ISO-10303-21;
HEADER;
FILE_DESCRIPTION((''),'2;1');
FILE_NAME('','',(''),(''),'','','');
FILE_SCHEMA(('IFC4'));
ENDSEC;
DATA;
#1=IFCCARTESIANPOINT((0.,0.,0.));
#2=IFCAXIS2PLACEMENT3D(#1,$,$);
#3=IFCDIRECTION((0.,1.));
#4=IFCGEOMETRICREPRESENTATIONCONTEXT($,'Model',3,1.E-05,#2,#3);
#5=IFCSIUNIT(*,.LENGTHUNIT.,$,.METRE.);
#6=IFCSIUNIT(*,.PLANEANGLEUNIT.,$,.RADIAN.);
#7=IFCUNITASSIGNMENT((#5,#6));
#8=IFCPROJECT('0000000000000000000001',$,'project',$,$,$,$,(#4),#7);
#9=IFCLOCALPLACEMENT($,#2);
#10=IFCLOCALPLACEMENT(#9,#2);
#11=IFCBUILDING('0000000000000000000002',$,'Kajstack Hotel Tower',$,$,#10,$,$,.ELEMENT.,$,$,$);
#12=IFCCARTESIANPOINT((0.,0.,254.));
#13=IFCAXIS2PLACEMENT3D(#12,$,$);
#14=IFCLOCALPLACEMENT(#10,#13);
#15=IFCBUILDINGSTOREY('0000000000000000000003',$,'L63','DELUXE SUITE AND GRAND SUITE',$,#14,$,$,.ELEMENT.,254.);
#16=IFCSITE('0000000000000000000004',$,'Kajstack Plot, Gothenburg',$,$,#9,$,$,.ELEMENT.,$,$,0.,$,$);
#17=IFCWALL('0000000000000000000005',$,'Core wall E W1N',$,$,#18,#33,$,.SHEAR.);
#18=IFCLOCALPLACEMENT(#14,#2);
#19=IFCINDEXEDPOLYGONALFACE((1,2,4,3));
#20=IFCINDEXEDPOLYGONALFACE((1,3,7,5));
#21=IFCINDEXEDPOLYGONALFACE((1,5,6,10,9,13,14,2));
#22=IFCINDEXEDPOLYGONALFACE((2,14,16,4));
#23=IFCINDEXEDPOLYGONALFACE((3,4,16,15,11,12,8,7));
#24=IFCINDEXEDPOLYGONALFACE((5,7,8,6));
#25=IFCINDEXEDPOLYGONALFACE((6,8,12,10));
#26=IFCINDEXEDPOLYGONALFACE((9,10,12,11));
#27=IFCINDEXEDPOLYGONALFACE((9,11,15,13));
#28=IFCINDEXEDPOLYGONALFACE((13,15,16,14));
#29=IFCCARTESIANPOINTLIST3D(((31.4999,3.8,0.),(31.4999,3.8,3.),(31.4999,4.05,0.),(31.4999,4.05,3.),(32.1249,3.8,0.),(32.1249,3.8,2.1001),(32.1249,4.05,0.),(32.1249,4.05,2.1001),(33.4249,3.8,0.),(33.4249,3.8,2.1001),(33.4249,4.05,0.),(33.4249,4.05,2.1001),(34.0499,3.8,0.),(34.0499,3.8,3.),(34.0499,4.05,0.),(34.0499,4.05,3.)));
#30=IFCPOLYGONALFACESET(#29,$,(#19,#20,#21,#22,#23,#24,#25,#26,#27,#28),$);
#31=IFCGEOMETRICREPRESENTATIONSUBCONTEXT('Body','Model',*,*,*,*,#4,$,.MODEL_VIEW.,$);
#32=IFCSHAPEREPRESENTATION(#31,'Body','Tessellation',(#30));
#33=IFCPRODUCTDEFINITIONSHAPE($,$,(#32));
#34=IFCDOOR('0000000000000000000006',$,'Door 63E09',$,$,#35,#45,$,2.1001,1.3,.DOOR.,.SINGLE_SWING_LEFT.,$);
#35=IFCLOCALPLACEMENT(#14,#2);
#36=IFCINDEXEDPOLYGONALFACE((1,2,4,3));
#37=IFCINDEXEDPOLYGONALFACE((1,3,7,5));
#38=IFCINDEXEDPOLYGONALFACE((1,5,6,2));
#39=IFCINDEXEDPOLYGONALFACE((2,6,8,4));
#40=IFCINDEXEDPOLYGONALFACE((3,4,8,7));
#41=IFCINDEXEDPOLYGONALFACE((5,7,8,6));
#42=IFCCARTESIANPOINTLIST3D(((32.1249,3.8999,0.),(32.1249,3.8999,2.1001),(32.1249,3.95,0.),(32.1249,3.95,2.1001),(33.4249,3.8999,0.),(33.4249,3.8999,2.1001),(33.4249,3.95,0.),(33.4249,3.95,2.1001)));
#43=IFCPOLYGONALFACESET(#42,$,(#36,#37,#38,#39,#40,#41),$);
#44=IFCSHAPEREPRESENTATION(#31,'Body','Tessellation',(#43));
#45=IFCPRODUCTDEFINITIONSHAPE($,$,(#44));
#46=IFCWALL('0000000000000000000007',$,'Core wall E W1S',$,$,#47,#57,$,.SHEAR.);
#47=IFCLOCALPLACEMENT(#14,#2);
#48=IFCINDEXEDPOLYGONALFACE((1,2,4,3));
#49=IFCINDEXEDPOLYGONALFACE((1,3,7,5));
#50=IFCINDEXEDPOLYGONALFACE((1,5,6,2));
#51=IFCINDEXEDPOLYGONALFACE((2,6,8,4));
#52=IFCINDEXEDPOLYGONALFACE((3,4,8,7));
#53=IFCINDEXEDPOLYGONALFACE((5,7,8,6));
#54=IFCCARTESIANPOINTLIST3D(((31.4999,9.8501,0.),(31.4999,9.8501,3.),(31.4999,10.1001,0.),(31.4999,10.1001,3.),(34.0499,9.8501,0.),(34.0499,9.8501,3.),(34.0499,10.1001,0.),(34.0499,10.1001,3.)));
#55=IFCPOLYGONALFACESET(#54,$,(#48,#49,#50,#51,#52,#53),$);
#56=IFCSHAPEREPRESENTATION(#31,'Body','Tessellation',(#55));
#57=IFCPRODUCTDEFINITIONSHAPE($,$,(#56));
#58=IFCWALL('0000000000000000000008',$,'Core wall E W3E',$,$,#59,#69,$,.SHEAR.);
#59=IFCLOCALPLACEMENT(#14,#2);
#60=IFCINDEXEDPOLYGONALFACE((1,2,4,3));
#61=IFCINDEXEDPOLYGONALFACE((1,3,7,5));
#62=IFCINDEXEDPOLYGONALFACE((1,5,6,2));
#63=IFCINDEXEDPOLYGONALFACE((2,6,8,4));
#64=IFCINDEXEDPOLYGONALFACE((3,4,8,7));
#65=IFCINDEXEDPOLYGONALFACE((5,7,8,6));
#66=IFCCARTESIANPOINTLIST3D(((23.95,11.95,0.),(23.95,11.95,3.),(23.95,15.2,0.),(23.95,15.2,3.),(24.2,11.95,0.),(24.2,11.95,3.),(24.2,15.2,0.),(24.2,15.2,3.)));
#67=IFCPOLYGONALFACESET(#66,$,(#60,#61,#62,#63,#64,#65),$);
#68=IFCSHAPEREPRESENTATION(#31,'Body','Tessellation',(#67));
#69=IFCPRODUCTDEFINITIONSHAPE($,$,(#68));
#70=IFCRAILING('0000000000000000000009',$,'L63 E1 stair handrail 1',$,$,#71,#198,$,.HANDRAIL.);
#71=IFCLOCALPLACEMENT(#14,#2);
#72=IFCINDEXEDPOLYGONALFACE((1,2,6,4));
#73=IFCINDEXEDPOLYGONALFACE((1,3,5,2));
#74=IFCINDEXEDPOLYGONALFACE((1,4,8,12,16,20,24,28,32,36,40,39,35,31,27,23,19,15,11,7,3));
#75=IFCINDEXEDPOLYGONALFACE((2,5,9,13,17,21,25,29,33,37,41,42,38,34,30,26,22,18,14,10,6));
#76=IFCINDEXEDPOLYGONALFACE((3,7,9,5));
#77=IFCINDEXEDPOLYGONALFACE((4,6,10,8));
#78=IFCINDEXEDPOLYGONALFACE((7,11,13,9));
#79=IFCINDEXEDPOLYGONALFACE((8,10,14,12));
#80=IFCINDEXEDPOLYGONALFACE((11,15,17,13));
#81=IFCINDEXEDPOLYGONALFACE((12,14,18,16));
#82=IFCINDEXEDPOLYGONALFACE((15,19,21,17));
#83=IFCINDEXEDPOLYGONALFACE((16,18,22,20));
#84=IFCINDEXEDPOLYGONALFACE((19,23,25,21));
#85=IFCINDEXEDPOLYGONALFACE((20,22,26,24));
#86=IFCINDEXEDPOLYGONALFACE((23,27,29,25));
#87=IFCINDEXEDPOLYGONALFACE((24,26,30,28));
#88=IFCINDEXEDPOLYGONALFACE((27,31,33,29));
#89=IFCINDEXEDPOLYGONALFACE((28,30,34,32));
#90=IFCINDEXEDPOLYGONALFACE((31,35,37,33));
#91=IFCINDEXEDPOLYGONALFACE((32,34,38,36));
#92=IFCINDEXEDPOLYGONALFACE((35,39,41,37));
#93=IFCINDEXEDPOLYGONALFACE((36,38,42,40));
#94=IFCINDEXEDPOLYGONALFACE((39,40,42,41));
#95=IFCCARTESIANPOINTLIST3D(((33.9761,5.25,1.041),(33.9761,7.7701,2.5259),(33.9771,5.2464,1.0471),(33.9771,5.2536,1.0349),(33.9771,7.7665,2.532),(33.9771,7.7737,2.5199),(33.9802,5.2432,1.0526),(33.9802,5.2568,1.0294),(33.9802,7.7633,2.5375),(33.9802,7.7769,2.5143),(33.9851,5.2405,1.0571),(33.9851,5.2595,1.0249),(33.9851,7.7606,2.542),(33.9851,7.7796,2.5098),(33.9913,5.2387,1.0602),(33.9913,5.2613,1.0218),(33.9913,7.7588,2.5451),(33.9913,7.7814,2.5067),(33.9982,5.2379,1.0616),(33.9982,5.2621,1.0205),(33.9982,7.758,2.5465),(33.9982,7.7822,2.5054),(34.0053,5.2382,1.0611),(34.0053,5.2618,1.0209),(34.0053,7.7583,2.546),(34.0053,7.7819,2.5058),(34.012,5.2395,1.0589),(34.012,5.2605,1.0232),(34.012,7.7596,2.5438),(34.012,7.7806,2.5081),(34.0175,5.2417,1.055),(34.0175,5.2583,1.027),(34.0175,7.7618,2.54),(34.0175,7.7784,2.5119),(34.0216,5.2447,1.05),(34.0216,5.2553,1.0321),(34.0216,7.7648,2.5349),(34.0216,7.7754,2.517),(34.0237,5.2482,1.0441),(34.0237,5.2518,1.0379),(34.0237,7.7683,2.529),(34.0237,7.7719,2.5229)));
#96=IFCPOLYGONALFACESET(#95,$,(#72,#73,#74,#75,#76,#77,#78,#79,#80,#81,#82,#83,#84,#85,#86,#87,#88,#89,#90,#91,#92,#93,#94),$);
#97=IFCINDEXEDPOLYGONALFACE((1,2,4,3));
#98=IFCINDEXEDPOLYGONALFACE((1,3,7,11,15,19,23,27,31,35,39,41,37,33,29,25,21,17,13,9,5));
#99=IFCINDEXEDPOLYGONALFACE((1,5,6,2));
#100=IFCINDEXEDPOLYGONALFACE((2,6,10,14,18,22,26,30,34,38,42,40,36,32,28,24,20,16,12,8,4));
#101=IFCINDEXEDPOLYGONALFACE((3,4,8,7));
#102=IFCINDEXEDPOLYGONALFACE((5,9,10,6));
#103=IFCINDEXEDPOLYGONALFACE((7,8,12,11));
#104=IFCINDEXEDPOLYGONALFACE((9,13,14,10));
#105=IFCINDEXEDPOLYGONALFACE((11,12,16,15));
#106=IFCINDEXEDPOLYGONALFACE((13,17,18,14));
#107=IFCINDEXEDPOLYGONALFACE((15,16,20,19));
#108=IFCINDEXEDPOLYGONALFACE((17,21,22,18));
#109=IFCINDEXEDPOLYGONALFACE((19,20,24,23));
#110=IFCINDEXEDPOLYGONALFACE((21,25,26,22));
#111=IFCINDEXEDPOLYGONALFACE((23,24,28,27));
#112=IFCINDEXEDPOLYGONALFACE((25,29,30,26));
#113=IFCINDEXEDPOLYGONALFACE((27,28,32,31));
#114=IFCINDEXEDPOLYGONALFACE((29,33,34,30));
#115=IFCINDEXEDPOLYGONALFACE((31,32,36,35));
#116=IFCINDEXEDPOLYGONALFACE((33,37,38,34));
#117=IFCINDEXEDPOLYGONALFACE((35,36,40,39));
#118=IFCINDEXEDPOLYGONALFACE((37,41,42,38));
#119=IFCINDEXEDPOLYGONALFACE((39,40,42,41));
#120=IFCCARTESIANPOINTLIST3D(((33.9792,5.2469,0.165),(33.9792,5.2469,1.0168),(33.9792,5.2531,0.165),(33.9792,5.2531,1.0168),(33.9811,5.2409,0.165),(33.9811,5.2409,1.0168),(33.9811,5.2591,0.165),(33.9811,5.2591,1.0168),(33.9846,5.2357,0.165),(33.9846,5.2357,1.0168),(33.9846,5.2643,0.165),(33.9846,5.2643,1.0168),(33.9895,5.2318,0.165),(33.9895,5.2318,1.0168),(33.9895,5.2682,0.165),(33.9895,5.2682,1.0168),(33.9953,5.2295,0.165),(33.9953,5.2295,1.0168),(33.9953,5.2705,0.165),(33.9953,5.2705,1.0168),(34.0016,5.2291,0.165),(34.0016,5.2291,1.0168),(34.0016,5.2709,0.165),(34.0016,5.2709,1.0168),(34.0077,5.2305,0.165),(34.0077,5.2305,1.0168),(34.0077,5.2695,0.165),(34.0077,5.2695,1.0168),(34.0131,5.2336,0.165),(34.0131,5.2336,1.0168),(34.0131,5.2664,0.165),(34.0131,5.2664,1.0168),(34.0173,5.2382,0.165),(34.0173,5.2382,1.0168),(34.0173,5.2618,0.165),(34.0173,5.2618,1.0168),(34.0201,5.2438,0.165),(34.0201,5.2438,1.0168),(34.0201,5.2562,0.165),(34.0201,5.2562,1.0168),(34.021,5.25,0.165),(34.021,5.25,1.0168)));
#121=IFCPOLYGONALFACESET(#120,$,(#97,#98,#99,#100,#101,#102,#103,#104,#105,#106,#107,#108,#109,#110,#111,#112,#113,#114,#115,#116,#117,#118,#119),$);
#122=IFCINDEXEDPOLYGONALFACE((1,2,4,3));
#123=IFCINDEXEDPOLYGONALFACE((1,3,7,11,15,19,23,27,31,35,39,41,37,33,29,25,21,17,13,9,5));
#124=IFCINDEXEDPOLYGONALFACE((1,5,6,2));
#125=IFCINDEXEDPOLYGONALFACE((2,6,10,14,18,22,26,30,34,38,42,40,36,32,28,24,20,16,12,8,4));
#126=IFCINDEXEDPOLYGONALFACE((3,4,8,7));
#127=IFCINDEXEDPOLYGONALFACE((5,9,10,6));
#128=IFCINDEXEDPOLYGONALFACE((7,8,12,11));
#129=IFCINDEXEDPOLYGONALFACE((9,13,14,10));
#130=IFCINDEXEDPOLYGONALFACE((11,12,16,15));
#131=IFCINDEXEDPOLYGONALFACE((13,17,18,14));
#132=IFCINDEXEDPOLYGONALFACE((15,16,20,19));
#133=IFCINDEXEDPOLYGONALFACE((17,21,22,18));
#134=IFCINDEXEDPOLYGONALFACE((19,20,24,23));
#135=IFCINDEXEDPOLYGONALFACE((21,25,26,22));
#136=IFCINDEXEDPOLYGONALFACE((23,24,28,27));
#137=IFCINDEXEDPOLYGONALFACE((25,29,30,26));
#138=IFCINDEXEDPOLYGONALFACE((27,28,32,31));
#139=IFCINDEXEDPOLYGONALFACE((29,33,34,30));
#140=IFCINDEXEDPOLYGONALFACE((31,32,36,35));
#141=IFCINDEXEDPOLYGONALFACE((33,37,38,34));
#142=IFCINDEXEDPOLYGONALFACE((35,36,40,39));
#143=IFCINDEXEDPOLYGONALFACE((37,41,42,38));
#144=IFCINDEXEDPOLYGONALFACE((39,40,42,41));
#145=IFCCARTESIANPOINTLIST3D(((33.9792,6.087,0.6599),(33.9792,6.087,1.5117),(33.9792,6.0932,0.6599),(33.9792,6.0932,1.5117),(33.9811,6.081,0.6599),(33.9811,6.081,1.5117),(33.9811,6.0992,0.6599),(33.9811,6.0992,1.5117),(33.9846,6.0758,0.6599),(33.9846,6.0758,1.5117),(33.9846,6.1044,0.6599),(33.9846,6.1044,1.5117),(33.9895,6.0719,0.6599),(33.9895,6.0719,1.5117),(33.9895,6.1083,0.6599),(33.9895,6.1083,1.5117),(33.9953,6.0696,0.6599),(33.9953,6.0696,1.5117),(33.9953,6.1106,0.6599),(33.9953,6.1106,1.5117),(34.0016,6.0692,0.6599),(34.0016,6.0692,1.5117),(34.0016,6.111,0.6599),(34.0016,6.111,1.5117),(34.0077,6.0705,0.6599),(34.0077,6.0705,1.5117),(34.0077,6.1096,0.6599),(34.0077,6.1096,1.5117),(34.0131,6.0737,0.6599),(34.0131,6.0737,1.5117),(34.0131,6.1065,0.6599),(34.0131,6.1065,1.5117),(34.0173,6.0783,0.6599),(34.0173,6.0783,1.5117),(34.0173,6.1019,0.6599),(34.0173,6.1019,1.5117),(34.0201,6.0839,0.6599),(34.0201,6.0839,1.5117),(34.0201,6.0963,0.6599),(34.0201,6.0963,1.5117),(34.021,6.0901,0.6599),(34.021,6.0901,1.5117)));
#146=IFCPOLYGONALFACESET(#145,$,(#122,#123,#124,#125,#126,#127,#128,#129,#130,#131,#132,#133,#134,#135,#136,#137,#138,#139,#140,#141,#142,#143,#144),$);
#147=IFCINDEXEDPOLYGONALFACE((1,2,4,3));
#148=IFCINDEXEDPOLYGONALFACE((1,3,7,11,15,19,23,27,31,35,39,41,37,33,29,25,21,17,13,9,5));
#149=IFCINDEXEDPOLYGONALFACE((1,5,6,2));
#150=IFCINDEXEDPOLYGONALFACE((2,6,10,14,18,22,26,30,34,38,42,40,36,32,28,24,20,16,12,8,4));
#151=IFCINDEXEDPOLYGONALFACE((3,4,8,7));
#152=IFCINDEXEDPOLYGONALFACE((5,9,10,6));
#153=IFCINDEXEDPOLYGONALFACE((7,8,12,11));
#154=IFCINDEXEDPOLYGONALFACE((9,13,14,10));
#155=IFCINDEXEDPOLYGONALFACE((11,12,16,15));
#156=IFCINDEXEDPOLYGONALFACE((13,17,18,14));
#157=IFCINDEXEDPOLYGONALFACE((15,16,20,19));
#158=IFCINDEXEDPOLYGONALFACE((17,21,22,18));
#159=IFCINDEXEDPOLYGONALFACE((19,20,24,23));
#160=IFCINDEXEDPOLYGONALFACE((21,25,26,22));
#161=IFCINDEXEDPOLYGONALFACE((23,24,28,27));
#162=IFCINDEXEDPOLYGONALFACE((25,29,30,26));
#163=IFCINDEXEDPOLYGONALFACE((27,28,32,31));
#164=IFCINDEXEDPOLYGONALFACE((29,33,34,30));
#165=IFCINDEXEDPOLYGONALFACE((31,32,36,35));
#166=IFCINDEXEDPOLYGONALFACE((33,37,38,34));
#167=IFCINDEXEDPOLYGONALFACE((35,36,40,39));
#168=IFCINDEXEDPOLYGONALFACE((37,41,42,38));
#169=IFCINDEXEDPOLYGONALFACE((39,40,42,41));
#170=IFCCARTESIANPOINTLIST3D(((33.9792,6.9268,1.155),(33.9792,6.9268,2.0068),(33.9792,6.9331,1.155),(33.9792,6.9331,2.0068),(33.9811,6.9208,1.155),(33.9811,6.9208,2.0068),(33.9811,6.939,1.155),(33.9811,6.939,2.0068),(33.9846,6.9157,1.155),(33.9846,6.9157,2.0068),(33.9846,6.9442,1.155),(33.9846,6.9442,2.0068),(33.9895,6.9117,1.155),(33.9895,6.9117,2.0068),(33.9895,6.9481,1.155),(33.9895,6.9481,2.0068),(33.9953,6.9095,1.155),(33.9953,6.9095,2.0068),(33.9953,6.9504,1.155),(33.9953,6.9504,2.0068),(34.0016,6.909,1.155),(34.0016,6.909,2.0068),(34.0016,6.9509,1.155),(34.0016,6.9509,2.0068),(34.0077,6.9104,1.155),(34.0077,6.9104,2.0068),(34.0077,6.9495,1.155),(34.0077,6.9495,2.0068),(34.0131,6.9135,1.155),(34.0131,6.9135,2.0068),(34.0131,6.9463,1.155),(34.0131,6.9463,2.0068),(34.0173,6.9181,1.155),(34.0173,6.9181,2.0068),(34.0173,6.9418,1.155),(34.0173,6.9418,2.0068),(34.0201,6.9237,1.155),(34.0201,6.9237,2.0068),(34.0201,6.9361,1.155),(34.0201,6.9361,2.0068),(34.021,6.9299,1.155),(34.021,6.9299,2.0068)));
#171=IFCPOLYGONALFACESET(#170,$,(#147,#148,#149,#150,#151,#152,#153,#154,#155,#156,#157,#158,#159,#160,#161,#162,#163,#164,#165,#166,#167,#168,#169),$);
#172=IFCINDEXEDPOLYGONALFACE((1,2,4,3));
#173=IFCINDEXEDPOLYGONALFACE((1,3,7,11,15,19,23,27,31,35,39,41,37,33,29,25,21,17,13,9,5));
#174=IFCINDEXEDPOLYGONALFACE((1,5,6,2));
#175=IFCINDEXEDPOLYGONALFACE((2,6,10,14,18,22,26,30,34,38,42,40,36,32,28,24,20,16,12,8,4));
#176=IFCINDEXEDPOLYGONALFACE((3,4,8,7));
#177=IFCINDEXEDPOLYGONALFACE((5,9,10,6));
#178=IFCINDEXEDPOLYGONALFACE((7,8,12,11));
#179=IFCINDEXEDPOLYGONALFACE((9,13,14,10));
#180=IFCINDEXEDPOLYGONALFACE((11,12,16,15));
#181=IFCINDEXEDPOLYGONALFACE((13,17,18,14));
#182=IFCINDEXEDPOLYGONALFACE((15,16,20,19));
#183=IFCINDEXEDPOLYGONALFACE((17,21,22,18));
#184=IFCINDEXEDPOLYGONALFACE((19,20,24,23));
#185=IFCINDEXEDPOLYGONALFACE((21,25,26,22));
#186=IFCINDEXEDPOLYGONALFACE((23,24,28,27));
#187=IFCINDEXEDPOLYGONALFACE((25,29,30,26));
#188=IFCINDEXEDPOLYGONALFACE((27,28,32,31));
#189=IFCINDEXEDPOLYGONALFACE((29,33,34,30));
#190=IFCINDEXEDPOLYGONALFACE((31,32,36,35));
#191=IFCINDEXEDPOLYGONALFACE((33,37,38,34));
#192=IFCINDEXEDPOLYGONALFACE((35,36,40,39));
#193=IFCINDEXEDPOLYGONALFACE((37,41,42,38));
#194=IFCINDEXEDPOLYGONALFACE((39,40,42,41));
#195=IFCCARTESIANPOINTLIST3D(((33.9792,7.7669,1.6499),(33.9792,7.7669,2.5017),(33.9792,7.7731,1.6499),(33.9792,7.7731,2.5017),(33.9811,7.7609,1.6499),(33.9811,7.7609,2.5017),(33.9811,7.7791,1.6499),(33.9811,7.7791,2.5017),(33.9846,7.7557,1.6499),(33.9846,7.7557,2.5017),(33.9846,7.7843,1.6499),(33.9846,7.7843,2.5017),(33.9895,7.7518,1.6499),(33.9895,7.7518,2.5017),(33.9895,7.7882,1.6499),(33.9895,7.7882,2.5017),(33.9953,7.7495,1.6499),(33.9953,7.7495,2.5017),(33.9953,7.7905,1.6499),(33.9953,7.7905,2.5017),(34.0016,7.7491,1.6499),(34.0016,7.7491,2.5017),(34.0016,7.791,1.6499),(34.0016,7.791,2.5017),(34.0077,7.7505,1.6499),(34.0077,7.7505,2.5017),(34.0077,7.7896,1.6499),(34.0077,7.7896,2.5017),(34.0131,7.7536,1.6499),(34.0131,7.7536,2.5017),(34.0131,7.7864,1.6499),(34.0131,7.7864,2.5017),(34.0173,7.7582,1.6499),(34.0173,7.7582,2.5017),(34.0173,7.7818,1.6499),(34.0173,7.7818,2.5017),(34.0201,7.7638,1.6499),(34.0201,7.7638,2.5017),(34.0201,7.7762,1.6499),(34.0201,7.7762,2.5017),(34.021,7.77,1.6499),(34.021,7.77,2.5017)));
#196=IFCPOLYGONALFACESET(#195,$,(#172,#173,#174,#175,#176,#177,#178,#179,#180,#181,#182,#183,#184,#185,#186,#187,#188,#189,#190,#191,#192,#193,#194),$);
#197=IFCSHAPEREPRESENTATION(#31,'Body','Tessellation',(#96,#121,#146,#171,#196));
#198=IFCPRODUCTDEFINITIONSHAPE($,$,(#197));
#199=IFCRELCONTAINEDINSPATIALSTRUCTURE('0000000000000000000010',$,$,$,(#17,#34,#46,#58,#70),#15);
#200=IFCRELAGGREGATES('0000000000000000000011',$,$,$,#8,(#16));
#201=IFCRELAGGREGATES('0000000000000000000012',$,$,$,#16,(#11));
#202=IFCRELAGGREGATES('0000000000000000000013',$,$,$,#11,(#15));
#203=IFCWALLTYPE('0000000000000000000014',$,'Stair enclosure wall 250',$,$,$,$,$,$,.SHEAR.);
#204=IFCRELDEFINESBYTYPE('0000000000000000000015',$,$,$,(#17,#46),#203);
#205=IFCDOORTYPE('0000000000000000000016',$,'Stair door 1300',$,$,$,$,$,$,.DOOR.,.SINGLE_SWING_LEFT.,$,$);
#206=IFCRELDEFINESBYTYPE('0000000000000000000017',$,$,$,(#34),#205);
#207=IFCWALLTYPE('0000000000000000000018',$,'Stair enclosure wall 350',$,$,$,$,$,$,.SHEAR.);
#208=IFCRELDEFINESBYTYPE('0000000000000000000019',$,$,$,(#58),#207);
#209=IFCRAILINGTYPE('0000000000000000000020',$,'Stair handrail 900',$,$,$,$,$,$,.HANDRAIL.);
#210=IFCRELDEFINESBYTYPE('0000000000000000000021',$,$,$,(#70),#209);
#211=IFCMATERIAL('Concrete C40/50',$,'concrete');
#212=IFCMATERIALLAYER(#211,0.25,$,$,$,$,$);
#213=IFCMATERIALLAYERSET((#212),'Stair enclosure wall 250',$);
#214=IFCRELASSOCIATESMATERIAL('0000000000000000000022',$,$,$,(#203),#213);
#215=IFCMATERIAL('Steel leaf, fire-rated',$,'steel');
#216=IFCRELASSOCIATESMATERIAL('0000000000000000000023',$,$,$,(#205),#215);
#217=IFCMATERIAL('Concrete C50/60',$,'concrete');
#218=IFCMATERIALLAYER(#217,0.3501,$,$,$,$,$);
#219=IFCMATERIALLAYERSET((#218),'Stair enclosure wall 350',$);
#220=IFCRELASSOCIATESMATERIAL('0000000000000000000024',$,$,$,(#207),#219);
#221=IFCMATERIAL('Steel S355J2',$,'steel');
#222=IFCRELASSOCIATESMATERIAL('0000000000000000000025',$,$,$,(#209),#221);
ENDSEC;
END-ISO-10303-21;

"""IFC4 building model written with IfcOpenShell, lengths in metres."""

from ifc_helpers import new_model, si_unit, direction, frame, frame_2d, origin, origin_2d, place, context, subcontext, project, spatial, rectangle, circle, extrude, material, layer, layer_set, type_object, element, fill, save


model = new_model("IFC4")

# Units and contexts
model_context = context("Model", 3, precision=1e-05, world=origin(), true_north=direction((0.0, 1.0)))
body_context = subcontext(model_context, "Body", "Model", "MODEL_VIEW")
ifc_project = project(units=[si_unit("LENGTHUNIT", "METRE"), si_unit("PLANEANGLEUNIT", "RADIAN")], contexts=[model_context])

# Site, building, storey
site_placement = place(None, origin())
site = spatial("IfcSite", under=ifc_project, at=site_placement, Name="Kajstack Plot, Gothenburg", CompositionType="ELEMENT", RefElevation=0.0)
building_placement = place(site_placement, origin())
building = spatial("IfcBuilding", under=site, at=building_placement, Name="Kajstack Hotel Tower", CompositionType="ELEMENT")
storey_placement = place(building_placement, frame((0.0, 0.0, 254.0)))
storey = spatial("IfcBuildingStorey", under=building, at=storey_placement, Name="L63", Description="DELUXE SUITE AND GRAND SUITE", CompositionType="ELEMENT", Elevation=254.0)

# Shared definitions
ifc_material_1 = material(Name="Concrete C40/50", Category="concrete")
ifc_material_2 = material(Name="Concrete C50/60", Category="concrete")

# Wall, opening, door
ifc_layer_1 = layer(ifc_material_1, 0.25)
ifc_layer_set_1 = layer_set([ifc_layer_1], Name="Stair enclosure wall 250")
wall_type_1 = type_object("IfcWallType", Name="Stair enclosure wall 250", PredefinedType="SHEAR", material=ifc_layer_set_1)
wall_1_placement = place(storey_placement, frame((31.5, 3.925, 0.0), z_axis=(0.0, 0.0, 1.0), x_axis=(1.0, 0.0, 0.0)))
wall_1 = element("IfcWall", 1, at=wall_1_placement, inside=storey, type_object=wall_type_1, Name="Core wall E W1N", PredefinedType="SHEAR", context=body_context, shape_type="SweptSolid", body=[
    extrude(rectangle(XDim=2.55, YDim=0.25, at=frame_2d((1.2749, 0.0))), origin(), (0.0, 0.0, 1.0), 3.0),
])
opening_1_placement = place(wall_1_placement, frame((0.625, 0.0, 0.0)))
opening_1 = element("IfcOpeningElement", 2, at=opening_1_placement, cuts=wall_1, PredefinedType="OPENING", context=body_context, shape_type="SweptSolid", body=[
    extrude(rectangle(XDim=1.3, YDim=2.1001, at=frame_2d((0.6499, 1.05))), frame((0.0, 0.135, 0.0), z_axis=(0.0, -1.0, 0.0), x_axis=(1.0, 0.0, 0.0)), (0.0, 0.0, 1.0), 0.27),
])
ifc_material_3 = material(Name="Steel leaf, fire-rated", Category="steel")
door_type_1 = type_object("IfcDoorType", Name="Stair door 1300", OperationType="SINGLE_SWING_LEFT", PredefinedType="DOOR", material=ifc_material_3)
door_1_placement = place(opening_1_placement, origin())
door_1 = element("IfcDoor", 3, at=door_1_placement, inside=storey, type_object=door_type_1, Name="Door 63E09", OperationType="SINGLE_SWING_LEFT", OverallHeight=2.1001, OverallWidth=1.3, PredefinedType="DOOR", context=body_context, shape_type="SweptSolid", body=[
    extrude(rectangle(XDim=1.3, YDim=2.1001, at=frame_2d((0.6499, 1.05))), frame((0.0, 0.0249, 0.0), z_axis=(0.0, -1.0, 0.0), x_axis=(1.0, 0.0, 0.0)), (0.0, 0.0, 1.0), 0.05),
])
fill(opening_1, door_1)

# Walls
wall_2_placement = place(storey_placement, frame((31.5, 9.9751, 0.0), z_axis=(0.0, 0.0, 1.0), x_axis=(1.0, 0.0, 0.0)))
element("IfcWall", 4, at=wall_2_placement, inside=storey, type_object=wall_type_1, Name="Core wall E W1S", PredefinedType="SHEAR", context=body_context, shape_type="SweptSolid", body=[
    extrude(rectangle(XDim=2.55, YDim=0.25, at=frame_2d((1.2749, 0.0))), origin(), (0.0, 0.0, 1.0), 3.0),
])
ifc_layer_2 = layer(ifc_material_2, 0.3501)
ifc_layer_set_2 = layer_set([ifc_layer_2], Name="Stair enclosure wall 350")
wall_type_2 = type_object("IfcWallType", Name="Stair enclosure wall 350", PredefinedType="SHEAR", material=ifc_layer_set_2)
wall_3_placement = place(storey_placement, frame((24.075, 11.95, 0.0), z_axis=(0.0, 0.0, 1.0), x_axis=(0.0, 1.0, 0.0)))
element("IfcWall", 5, at=wall_3_placement, inside=storey, type_object=wall_type_2, Name="Core wall E W3E", PredefinedType="SHEAR", context=body_context, shape_type="SweptSolid", body=[
    extrude(rectangle(XDim=3.25, YDim=0.25, at=frame_2d((1.625, 0.0))), origin(), (0.0, 0.0, 1.0), 3.0),
])

# Railing
ifc_material_4 = material(Name="Steel S355J2", Category="steel")
railing_type_1 = type_object("IfcRailingType", Name="Stair handrail 900", PredefinedType="HANDRAIL", material=ifc_material_4)
railing_1_placement = place(storey_placement, frame((34.0, 5.25, 0.165)))
element("IfcRailing", 6, at=railing_1_placement, inside=storey, type_object=railing_type_1, Name="L63 E1 stair handrail 1", PredefinedType="HANDRAIL", context=body_context, shape_type="SweptSolid", body=[
    extrude(circle(Radius=0.0239, at=origin_2d()), frame((0.0, 0.0, 0.876), z_axis=(0.0, 0.861561, 0.507655), x_axis=(-1.0, 0.0, 0.0)), (0.0, 0.0, 1.0), 2.925),
    extrude(circle(Radius=0.021, at=origin_2d()), origin(), (0.0, 0.0, 1.0), 0.8518),
    extrude(circle(Radius=0.021, at=origin_2d()), frame((0.0, 0.8401, 0.4949)), (0.0, 0.0, 1.0), 0.8518),
    extrude(circle(Radius=0.021, at=origin_2d()), frame((0.0, 1.6799, 0.99)), (0.0, 0.0, 1.0), 0.8518),
    extrude(circle(Radius=0.021, at=origin_2d()), frame((0.0, 2.52, 1.4849)), (0.0, 0.0, 1.0), 0.8518),
])

save(model, "model.ifc")
